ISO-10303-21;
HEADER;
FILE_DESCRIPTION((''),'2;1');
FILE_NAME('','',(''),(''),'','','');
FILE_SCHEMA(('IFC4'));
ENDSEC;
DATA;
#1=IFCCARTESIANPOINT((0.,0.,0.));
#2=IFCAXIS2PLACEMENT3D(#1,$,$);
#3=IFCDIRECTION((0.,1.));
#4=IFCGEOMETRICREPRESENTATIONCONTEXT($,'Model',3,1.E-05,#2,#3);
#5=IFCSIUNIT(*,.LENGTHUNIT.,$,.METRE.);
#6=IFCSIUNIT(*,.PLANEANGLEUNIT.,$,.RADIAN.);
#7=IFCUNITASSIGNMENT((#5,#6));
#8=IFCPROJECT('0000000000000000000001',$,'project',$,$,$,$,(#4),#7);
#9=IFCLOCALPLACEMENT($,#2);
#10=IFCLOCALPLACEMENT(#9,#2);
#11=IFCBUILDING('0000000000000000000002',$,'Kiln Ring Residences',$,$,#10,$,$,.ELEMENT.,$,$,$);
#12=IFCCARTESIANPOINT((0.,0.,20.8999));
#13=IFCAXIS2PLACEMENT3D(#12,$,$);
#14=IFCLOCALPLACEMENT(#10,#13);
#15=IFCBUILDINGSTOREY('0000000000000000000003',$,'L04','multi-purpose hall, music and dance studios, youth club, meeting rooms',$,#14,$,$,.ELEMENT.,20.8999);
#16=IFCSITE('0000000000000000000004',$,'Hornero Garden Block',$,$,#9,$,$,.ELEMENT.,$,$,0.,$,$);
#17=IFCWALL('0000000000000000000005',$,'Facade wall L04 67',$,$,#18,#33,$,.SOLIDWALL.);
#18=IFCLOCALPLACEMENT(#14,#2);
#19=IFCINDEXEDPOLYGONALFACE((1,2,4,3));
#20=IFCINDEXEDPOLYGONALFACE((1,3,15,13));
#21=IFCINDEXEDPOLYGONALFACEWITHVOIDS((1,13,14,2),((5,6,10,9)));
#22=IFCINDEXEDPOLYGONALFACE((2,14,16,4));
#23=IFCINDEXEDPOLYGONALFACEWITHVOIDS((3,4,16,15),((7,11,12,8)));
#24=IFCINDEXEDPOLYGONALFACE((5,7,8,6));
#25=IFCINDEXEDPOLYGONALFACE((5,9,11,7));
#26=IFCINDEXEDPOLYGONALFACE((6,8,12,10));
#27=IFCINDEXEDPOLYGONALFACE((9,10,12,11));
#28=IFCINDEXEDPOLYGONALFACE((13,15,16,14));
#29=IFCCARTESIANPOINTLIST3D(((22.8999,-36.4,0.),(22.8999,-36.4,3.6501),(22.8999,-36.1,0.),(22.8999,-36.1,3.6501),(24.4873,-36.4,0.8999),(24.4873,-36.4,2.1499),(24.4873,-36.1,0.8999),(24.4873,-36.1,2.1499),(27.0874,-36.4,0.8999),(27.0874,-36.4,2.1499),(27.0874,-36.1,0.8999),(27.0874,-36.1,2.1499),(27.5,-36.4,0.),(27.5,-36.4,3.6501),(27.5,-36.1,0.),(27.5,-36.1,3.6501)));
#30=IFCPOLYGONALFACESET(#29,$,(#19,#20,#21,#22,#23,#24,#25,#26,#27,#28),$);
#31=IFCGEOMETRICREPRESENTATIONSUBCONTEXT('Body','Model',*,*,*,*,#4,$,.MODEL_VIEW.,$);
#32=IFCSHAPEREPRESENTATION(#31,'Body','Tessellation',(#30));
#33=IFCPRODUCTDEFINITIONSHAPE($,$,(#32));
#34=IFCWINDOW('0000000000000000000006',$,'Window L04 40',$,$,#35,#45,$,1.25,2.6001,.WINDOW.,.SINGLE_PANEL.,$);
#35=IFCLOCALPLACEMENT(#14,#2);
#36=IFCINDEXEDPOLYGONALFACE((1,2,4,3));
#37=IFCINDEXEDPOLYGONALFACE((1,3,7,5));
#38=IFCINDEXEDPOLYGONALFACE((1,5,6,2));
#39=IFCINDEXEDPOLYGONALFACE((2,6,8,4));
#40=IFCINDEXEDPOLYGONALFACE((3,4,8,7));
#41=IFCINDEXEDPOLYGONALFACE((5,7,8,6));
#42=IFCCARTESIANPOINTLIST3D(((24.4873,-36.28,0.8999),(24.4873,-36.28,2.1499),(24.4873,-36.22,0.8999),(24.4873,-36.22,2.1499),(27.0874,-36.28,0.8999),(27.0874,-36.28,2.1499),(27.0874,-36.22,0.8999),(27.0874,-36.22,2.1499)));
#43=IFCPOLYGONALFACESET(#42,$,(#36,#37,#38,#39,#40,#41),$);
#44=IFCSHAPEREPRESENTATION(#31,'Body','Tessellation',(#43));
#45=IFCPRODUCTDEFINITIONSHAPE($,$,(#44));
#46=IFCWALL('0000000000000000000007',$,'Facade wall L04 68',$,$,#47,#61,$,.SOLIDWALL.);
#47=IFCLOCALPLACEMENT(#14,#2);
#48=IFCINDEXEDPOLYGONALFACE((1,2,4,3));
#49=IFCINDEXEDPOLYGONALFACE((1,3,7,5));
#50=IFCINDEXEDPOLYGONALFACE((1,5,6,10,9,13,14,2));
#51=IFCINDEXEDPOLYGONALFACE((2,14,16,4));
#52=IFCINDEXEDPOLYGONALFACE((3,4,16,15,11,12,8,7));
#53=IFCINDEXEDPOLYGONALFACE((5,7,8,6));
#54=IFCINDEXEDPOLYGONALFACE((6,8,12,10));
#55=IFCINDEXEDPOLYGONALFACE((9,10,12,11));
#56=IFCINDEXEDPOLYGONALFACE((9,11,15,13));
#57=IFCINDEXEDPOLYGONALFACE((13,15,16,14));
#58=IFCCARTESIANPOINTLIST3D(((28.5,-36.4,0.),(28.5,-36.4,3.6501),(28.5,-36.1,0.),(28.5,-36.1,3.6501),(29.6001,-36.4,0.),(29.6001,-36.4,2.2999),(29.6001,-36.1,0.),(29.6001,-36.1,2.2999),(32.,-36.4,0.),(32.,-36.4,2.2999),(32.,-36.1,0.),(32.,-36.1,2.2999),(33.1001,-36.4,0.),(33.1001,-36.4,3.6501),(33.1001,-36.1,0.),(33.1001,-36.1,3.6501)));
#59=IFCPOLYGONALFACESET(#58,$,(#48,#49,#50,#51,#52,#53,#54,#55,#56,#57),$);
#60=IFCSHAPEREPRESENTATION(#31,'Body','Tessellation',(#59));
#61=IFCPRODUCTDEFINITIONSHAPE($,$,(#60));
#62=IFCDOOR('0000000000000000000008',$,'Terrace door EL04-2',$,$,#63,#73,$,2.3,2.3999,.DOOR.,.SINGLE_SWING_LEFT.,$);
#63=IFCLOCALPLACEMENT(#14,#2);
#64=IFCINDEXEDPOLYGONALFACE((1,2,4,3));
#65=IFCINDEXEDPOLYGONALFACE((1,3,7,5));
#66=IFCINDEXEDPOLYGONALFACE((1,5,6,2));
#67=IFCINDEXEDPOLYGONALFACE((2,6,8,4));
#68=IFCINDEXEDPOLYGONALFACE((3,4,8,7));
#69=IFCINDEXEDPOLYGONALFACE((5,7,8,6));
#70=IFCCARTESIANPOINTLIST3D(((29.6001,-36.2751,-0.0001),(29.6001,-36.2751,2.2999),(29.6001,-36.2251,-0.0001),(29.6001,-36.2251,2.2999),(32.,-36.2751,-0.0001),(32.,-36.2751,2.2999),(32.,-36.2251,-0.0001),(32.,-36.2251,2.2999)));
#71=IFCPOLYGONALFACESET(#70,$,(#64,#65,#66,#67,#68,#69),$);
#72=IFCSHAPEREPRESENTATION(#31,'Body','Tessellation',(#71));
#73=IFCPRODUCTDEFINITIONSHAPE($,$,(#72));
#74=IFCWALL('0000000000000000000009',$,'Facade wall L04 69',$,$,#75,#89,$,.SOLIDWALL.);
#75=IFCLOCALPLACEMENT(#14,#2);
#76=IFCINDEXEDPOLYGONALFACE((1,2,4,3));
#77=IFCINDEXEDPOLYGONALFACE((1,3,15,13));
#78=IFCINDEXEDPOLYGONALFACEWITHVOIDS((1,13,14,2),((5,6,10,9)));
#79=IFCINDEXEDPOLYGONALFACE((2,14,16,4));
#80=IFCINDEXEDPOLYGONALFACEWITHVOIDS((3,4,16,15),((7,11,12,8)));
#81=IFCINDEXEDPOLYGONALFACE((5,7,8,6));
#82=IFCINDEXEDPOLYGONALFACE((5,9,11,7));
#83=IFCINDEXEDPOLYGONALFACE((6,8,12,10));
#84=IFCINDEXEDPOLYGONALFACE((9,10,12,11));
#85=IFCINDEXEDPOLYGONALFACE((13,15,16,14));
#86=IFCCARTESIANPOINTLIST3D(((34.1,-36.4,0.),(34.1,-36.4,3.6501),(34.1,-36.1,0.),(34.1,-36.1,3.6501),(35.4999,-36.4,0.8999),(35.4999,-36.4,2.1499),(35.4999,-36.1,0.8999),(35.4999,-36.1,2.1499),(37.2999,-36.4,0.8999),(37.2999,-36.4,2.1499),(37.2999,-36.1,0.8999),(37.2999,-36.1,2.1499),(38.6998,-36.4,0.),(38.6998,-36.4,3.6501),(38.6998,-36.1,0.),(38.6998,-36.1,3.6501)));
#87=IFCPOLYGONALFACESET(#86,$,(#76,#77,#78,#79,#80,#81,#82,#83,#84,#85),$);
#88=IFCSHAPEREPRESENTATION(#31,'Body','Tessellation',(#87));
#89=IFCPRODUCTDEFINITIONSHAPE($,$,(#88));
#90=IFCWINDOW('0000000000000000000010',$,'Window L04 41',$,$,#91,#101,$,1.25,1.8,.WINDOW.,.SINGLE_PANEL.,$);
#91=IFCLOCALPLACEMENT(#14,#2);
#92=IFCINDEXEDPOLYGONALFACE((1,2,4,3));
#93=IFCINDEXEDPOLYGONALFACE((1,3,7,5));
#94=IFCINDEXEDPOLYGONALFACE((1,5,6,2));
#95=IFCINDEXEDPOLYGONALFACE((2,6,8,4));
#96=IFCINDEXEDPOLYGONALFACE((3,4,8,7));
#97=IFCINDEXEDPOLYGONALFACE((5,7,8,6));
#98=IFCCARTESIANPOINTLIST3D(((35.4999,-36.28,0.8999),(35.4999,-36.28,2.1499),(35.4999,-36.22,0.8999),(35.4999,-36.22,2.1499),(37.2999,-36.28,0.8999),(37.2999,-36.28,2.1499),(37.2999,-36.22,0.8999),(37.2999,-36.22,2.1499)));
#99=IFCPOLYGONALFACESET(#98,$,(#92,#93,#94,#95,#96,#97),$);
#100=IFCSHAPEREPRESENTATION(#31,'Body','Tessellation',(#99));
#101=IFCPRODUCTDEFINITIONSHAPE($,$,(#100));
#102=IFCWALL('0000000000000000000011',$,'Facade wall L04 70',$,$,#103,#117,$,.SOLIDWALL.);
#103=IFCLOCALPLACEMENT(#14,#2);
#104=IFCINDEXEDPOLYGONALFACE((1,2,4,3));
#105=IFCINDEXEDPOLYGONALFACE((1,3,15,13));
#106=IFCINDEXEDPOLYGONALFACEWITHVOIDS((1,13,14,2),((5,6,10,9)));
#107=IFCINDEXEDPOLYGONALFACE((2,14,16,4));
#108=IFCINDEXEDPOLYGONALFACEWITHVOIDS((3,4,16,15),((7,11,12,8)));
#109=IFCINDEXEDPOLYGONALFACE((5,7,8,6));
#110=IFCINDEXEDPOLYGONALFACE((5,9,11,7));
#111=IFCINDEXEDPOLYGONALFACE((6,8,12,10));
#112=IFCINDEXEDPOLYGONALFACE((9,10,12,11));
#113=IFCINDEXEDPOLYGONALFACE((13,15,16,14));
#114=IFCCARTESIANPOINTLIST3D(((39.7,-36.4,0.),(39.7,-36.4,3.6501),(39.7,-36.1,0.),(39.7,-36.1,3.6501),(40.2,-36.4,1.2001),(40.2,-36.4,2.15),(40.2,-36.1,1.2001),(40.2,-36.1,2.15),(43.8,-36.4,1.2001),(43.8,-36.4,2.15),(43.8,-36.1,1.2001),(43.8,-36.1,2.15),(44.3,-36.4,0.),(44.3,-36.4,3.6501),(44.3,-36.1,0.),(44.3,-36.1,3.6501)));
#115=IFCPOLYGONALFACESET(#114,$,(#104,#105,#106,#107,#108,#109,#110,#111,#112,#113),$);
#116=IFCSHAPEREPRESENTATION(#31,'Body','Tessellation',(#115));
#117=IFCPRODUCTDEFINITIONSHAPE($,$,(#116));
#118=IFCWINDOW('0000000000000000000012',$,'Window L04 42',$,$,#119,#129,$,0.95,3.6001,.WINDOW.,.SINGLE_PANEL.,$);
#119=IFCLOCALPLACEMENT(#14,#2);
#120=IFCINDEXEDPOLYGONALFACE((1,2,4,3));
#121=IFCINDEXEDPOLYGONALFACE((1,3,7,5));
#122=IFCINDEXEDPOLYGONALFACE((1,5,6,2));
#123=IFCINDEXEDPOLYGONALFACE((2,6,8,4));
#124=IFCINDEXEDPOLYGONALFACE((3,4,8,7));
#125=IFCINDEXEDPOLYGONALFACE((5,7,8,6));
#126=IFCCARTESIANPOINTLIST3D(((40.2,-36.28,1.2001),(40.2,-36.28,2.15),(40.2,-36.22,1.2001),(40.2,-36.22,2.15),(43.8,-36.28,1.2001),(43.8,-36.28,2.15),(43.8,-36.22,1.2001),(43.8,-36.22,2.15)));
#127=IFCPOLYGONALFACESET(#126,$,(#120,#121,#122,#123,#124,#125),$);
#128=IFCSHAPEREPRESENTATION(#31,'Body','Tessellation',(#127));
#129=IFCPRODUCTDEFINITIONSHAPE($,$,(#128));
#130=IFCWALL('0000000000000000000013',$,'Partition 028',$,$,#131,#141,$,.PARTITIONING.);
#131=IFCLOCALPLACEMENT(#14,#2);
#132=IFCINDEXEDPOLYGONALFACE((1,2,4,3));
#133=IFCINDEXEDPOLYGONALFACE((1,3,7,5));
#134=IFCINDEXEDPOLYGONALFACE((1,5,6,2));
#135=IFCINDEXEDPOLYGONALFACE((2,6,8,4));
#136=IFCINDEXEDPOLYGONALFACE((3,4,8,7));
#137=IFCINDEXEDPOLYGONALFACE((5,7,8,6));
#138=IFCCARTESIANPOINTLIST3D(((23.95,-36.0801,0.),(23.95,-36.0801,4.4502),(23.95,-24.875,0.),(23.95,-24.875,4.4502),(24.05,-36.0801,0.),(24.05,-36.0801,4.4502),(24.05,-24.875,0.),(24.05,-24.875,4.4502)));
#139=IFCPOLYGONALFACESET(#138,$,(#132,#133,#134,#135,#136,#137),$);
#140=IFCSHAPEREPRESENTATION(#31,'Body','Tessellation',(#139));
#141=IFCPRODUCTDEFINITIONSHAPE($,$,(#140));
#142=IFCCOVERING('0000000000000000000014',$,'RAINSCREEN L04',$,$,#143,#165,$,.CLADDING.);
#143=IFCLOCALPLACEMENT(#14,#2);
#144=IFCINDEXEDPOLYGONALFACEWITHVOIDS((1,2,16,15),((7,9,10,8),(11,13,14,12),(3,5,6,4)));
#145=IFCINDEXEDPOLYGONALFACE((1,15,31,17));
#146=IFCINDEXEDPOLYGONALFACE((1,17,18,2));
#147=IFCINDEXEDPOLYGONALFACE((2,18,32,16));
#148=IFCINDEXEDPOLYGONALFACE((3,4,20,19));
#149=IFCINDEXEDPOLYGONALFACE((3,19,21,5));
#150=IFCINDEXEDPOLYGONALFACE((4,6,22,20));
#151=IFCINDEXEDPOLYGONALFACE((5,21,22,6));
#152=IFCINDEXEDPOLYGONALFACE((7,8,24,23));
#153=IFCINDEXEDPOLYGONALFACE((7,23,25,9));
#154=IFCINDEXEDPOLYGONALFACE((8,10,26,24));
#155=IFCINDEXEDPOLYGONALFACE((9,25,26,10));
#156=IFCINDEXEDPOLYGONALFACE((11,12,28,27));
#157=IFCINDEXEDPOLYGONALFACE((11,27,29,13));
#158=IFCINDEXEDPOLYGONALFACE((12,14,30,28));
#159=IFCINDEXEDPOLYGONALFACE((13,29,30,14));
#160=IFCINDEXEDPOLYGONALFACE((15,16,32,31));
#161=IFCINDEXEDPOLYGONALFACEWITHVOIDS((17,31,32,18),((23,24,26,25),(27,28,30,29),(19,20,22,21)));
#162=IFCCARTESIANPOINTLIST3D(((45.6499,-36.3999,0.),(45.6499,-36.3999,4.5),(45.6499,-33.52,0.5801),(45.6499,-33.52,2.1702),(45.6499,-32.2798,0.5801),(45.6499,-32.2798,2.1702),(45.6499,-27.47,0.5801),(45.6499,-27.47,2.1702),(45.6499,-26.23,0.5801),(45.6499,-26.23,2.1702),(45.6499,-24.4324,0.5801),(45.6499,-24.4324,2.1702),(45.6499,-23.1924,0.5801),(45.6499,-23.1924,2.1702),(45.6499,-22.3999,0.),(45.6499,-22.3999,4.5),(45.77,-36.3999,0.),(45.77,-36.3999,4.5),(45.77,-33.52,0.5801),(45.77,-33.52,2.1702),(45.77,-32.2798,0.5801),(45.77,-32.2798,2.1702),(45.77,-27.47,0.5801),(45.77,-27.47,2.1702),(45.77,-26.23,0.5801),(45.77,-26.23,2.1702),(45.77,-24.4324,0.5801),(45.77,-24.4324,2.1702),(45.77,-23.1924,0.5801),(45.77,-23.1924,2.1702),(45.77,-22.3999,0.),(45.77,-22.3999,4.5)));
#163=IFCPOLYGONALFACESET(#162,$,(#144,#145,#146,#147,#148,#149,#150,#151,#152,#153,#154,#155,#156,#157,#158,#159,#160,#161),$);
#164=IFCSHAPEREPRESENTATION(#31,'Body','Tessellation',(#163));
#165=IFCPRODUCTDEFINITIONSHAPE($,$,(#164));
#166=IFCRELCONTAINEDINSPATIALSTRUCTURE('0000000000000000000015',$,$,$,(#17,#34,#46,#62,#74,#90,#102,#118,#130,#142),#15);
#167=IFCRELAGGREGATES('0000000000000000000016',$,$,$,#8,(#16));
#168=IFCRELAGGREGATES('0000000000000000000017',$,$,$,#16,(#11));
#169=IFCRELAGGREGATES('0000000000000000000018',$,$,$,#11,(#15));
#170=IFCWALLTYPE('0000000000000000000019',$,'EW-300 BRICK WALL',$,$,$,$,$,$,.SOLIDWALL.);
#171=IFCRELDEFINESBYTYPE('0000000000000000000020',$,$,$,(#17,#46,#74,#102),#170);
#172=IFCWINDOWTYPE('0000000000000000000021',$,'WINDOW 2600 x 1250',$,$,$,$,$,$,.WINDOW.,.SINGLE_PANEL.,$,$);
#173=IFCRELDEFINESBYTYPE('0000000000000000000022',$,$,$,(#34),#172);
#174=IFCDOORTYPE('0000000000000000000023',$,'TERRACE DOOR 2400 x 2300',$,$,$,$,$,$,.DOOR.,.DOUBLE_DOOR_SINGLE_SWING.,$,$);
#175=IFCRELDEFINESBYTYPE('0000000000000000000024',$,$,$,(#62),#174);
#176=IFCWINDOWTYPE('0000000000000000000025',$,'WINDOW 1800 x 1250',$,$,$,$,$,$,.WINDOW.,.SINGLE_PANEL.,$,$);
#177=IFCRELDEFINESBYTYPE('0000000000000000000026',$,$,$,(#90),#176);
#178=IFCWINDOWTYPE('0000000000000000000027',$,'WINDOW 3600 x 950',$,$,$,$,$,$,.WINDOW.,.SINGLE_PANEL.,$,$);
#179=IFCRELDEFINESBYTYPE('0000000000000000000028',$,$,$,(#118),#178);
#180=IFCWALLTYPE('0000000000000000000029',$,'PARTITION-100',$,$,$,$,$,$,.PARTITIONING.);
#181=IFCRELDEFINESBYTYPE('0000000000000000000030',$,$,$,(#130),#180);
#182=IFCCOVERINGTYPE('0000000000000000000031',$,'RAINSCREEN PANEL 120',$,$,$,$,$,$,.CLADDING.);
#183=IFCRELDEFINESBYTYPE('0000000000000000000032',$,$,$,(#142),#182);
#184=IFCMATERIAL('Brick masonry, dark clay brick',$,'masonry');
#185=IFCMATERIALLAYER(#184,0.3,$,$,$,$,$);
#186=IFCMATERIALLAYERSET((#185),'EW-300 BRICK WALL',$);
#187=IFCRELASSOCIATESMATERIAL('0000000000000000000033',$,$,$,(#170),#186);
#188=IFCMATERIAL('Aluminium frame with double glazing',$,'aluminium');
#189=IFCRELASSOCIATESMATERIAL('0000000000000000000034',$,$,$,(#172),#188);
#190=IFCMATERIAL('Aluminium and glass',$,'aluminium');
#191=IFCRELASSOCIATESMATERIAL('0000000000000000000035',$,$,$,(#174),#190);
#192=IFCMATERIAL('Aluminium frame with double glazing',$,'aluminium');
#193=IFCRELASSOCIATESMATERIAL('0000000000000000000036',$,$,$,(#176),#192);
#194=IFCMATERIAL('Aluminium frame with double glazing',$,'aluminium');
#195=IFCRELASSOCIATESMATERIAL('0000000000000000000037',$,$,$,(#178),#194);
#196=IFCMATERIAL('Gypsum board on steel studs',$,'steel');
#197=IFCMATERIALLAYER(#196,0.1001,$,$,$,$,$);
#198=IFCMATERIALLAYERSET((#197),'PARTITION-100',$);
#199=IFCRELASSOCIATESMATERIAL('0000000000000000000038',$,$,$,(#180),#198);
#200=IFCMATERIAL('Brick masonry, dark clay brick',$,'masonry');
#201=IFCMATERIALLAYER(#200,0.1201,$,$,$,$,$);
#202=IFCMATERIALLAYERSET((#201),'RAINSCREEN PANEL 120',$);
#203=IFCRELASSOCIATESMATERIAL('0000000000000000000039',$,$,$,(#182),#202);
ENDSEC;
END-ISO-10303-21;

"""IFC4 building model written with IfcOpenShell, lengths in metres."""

from ifc_helpers import new_model, si_unit, direction, frame, frame_2d, origin, place, context, subcontext, project, spatial, polyline, rectangle, outline, extrude, material, layer, layer_set, type_object, element, fill, save


model = new_model("IFC4")

# Units and contexts
model_context = context("Model", 3, precision=1e-05, world=origin(), true_north=direction((0.0, 1.0)))
body_context = subcontext(model_context, "Body", "Model", "MODEL_VIEW")
ifc_project = project(units=[si_unit("LENGTHUNIT", "METRE"), si_unit("PLANEANGLEUNIT", "RADIAN")], contexts=[model_context])

# Site, building, storey
site_placement = place(None, origin())
site = spatial("IfcSite", under=ifc_project, at=site_placement, Name="Hornero Garden Block", CompositionType="ELEMENT", RefElevation=0.0)
building_placement = place(site_placement, origin())
building = spatial("IfcBuilding", under=site, at=building_placement, Name="Kiln Ring Residences", CompositionType="ELEMENT")
storey_placement = place(building_placement, frame((0.0, 0.0, 20.8999)))
storey = spatial("IfcBuildingStorey", under=building, at=storey_placement, Name="L04", Description="multi-purpose hall, music and dance studios, youth club, meeting rooms", CompositionType="ELEMENT", Elevation=20.8999)

# Wall, opening, window
ifc_material_1 = material(Name="Brick masonry, dark clay brick", Category="masonry")
ifc_layer_1 = layer(ifc_material_1, 0.3)
ifc_layer_set_1 = layer_set([ifc_layer_1], Name="EW-300 BRICK WALL")
wall_type_1 = type_object("IfcWallType", Name="EW-300 BRICK WALL", PredefinedType="SOLIDWALL", material=ifc_layer_set_1)
wall_1_placement = place(storey_placement, frame((22.8999, -36.25, 0.0), z_axis=(0.0, 0.0, 1.0), x_axis=(1.0, 0.0, 0.0)))
wall_1 = element("IfcWall", 1, at=wall_1_placement, inside=storey, type_object=wall_type_1, Name="Facade wall L04 67", PredefinedType="SOLIDWALL", context=body_context, shape_type="SweptSolid", body=[
    extrude(rectangle(XDim=4.6001, YDim=0.3, at=frame_2d((2.3, 0.0))), origin(), (0.0, 0.0, 1.0), 3.6501),
])
opening_1_placement = place(wall_1_placement, frame((1.5874, 0.0, 0.8999)))
opening_1 = element("IfcOpeningElement", 2, at=opening_1_placement, cuts=wall_1, PredefinedType="OPENING", context=body_context, shape_type="SweptSolid", body=[
    extrude(rectangle(XDim=2.6001, YDim=1.25, at=frame_2d((1.3, 0.625))), frame((0.0, 0.1599, 0.0), z_axis=(0.0, -1.0, 0.0), x_axis=(1.0, 0.0, 0.0)), (0.0, 0.0, 1.0), 0.3201),
])
ifc_material_2 = material(Name="Aluminium frame with double glazing", Category="aluminium")
window_type_1 = type_object("IfcWindowType", Name="WINDOW 2600 x 1250", PartitioningType="SINGLE_PANEL", PredefinedType="WINDOW", material=ifc_material_2)
window_1_placement = place(opening_1_placement, origin())
window_1 = element("IfcWindow", 3, at=window_1_placement, inside=storey, type_object=window_type_1, Name="Window L04 40", OverallHeight=1.25, OverallWidth=2.6001, PartitioningType="SINGLE_PANEL", PredefinedType="WINDOW", context=body_context, shape_type="SweptSolid", body=[
    extrude(rectangle(XDim=2.6001, YDim=1.25, at=frame_2d((1.3, 0.625))), frame((0.0, 0.03, 0.0), z_axis=(0.0, -1.0, 0.0), x_axis=(1.0, 0.0, 0.0)), (0.0, 0.0, 1.0), 0.0601),
])
fill(opening_1, window_1)

# Wall, opening, door
wall_2_placement = place(storey_placement, frame((28.5, -36.25, 0.0), z_axis=(0.0, 0.0, 1.0), x_axis=(1.0, 0.0, 0.0)))
wall_2 = element("IfcWall", 4, at=wall_2_placement, inside=storey, type_object=wall_type_1, Name="Facade wall L04 68", PredefinedType="SOLIDWALL", context=body_context, shape_type="SweptSolid", body=[
    extrude(rectangle(XDim=4.6001, YDim=0.3, at=frame_2d((2.3, 0.0))), origin(), (0.0, 0.0, 1.0), 3.6501),
])
opening_2_placement = place(wall_2_placement, frame((1.1001, 0.0, 0.0)))
opening_2 = element("IfcOpeningElement", 5, at=opening_2_placement, cuts=wall_2, PredefinedType="OPENING", context=body_context, shape_type="SweptSolid", body=[
    extrude(rectangle(XDim=2.3999, YDim=2.3, at=frame_2d((1.2, 1.1499))), frame((0.0, 0.1599, 0.0), z_axis=(0.0, -1.0, 0.0), x_axis=(1.0, 0.0, 0.0)), (0.0, 0.0, 1.0), 0.3201),
])
ifc_material_3 = material(Name="Aluminium and glass", Category="aluminium")
door_type = type_object("IfcDoorType", Name="TERRACE DOOR 2400 x 2300", OperationType="DOUBLE_DOOR_SINGLE_SWING", PredefinedType="DOOR", material=ifc_material_3)
door_placement = place(opening_2_placement, origin())
door = element("IfcDoor", 6, at=door_placement, inside=storey, type_object=door_type, Name="Terrace door EL04-2", OperationType="SINGLE_SWING_LEFT", OverallHeight=2.3, OverallWidth=2.3999, PredefinedType="DOOR", context=body_context, shape_type="SweptSolid", body=[
    extrude(rectangle(XDim=2.3999, YDim=2.3, at=frame_2d((1.2, 1.1499))), frame((0.0, 0.0249, 0.0), z_axis=(0.0, -1.0, 0.0), x_axis=(1.0, 0.0, 0.0)), (0.0, 0.0, 1.0), 0.05),
])
fill(opening_2, door)

# Walls, openings, windows
wall_3_placement = place(storey_placement, frame((34.1001, -36.25, 0.0), z_axis=(0.0, 0.0, 1.0), x_axis=(1.0, 0.0, 0.0)))
wall_3 = element("IfcWall", 7, at=wall_3_placement, inside=storey, type_object=wall_type_1, Name="Facade wall L04 69", PredefinedType="SOLIDWALL", context=body_context, shape_type="SweptSolid", body=[
    extrude(rectangle(XDim=4.5999, YDim=0.3, at=frame_2d((2.2998, 0.0))), origin(), (0.0, 0.0, 1.0), 3.6501),
])
opening_3_placement = place(wall_3_placement, frame((1.3999, 0.0, 0.8999)))
opening_3 = element("IfcOpeningElement", 8, at=opening_3_placement, cuts=wall_3, PredefinedType="OPENING", context=body_context, shape_type="SweptSolid", body=[
    extrude(rectangle(XDim=1.8, YDim=1.25, at=frame_2d((0.8999, 0.625))), frame((0.0, 0.1599, 0.0), z_axis=(0.0, -1.0, 0.0), x_axis=(1.0, 0.0, 0.0)), (0.0, 0.0, 1.0), 0.3201),
])
ifc_material_4 = material(Name="Aluminium frame with double glazing", Category="aluminium")
window_type_2 = type_object("IfcWindowType", Name="WINDOW 1800 x 1250", PartitioningType="SINGLE_PANEL", PredefinedType="WINDOW", material=ifc_material_4)
window_2_placement = place(opening_3_placement, origin())
window_2 = element("IfcWindow", 9, at=window_2_placement, inside=storey, type_object=window_type_2, Name="Window L04 41", OverallHeight=1.25, OverallWidth=1.8, PartitioningType="SINGLE_PANEL", PredefinedType="WINDOW", context=body_context, shape_type="SweptSolid", body=[
    extrude(rectangle(XDim=1.8, YDim=1.25, at=frame_2d((0.8999, 0.625))), frame((0.0, 0.03, 0.0), z_axis=(0.0, -1.0, 0.0), x_axis=(1.0, 0.0, 0.0)), (0.0, 0.0, 1.0), 0.0601),
])
fill(opening_3, window_2)
wall_4_placement = place(storey_placement, frame((39.7, -36.25, 0.0), z_axis=(0.0, 0.0, 1.0), x_axis=(1.0, 0.0, 0.0)))
wall_4 = element("IfcWall", 10, at=wall_4_placement, inside=storey, type_object=wall_type_1, Name="Facade wall L04 70", PredefinedType="SOLIDWALL", context=body_context, shape_type="SweptSolid", body=[
    extrude(rectangle(XDim=4.6001, YDim=0.3, at=frame_2d((2.3, 0.0))), origin(), (0.0, 0.0, 1.0), 3.6501),
])
opening_4_placement = place(wall_4_placement, frame((0.5, 0.0, 1.2)))
opening_4 = element("IfcOpeningElement", 11, at=opening_4_placement, cuts=wall_4, PredefinedType="OPENING", context=body_context, shape_type="SweptSolid", body=[
    extrude(rectangle(XDim=3.6001, YDim=0.95, at=frame_2d((1.8, 0.4751))), frame((0.0, 0.1599, 0.0), z_axis=(0.0, -1.0, 0.0), x_axis=(1.0, 0.0, 0.0)), (0.0, 0.0, 1.0), 0.3201),
])
ifc_material_5 = material(Name="Aluminium frame with double glazing", Category="aluminium")
window_type_3 = type_object("IfcWindowType", Name="WINDOW 3600 x 950", PartitioningType="SINGLE_PANEL", PredefinedType="WINDOW", material=ifc_material_5)
window_3_placement = place(opening_4_placement, origin())
window_3 = element("IfcWindow", 12, at=window_3_placement, inside=storey, type_object=window_type_3, Name="Window L04 42", OverallHeight=0.95, OverallWidth=3.6001, PartitioningType="SINGLE_PANEL", PredefinedType="WINDOW", context=body_context, shape_type="SweptSolid", body=[
    extrude(rectangle(XDim=3.6001, YDim=0.95, at=frame_2d((1.8, 0.4751))), frame((0.0, 0.03, 0.0), z_axis=(0.0, -1.0, 0.0), x_axis=(1.0, 0.0, 0.0)), (0.0, 0.0, 1.0), 0.0601),
])
fill(opening_4, window_3)

# Wall
ifc_material_6 = material(Name="Gypsum board on steel studs", Category="steel")
ifc_layer_2 = layer(ifc_material_6, 0.1001)
ifc_layer_set_2 = layer_set([ifc_layer_2], Name="PARTITION-100")
wall_type_2 = type_object("IfcWallType", Name="PARTITION-100", PredefinedType="PARTITIONING", material=ifc_layer_set_2)
wall_5_placement = place(storey_placement, frame((24.0, -36.0801, 0.0), z_axis=(0.0, 0.0, 1.0), x_axis=(0.0, 1.0, 0.0)))
element("IfcWall", 13, at=wall_5_placement, inside=storey, type_object=wall_type_2, Name="Partition 028", PredefinedType="PARTITIONING", context=body_context, shape_type="SweptSolid", body=[
    extrude(rectangle(XDim=11.2051, YDim=0.1001, at=frame_2d((5.6025, 0.0))), origin(), (0.0, 0.0, 1.0), 4.4502),
])

# Covering
ifc_material_7 = material(Name="Brick masonry, dark clay brick", Category="masonry")
ifc_layer_3 = layer(ifc_material_7, 0.1201)
ifc_layer_set_3 = layer_set([ifc_layer_3], Name="RAINSCREEN PANEL 120")
covering_type = type_object("IfcCoveringType", Name="RAINSCREEN PANEL 120", PredefinedType="CLADDING", material=ifc_layer_set_3)
covering_1_placement = place(storey_placement, frame((45.71, -36.3999, 0.0), z_axis=(0.0, 0.0, 1.0), x_axis=(0.0, 1.0, 0.0)))
element("IfcCovering", 14, at=covering_1_placement, inside=storey, type_object=covering_type, Name="RAINSCREEN L04", PredefinedType="CLADDING", context=body_context, shape_type="SweptSolid", body=[
    extrude(outline(polyline([(0.0, 0.0), (14.0, 0.0), (14.0, 4.5), (0.0, 4.5), (0.0, 0.0)]), holes=[polyline([(4.1201, 2.1702), (2.8799, 2.1702), (2.8799, 0.5801), (4.1201, 0.5801), (4.1201, 2.1702)]), polyline([(10.1699, 0.5801), (10.1699, 2.1702), (8.9299, 2.1702), (8.9299, 0.5801), (10.1699, 0.5801)]), polyline([(13.2075, 0.5801), (13.2075, 2.1702), (11.9675, 2.1702), (11.9675, 0.5801), (13.2075, 0.5801)])]), frame((0.0, 0.0601, 0.0), z_axis=(0.0, -1.0, 0.0), x_axis=(1.0, 0.0, 0.0)), (0.0, 0.0, 1.0), 0.1201),
])

save(model, "model.ifc")
